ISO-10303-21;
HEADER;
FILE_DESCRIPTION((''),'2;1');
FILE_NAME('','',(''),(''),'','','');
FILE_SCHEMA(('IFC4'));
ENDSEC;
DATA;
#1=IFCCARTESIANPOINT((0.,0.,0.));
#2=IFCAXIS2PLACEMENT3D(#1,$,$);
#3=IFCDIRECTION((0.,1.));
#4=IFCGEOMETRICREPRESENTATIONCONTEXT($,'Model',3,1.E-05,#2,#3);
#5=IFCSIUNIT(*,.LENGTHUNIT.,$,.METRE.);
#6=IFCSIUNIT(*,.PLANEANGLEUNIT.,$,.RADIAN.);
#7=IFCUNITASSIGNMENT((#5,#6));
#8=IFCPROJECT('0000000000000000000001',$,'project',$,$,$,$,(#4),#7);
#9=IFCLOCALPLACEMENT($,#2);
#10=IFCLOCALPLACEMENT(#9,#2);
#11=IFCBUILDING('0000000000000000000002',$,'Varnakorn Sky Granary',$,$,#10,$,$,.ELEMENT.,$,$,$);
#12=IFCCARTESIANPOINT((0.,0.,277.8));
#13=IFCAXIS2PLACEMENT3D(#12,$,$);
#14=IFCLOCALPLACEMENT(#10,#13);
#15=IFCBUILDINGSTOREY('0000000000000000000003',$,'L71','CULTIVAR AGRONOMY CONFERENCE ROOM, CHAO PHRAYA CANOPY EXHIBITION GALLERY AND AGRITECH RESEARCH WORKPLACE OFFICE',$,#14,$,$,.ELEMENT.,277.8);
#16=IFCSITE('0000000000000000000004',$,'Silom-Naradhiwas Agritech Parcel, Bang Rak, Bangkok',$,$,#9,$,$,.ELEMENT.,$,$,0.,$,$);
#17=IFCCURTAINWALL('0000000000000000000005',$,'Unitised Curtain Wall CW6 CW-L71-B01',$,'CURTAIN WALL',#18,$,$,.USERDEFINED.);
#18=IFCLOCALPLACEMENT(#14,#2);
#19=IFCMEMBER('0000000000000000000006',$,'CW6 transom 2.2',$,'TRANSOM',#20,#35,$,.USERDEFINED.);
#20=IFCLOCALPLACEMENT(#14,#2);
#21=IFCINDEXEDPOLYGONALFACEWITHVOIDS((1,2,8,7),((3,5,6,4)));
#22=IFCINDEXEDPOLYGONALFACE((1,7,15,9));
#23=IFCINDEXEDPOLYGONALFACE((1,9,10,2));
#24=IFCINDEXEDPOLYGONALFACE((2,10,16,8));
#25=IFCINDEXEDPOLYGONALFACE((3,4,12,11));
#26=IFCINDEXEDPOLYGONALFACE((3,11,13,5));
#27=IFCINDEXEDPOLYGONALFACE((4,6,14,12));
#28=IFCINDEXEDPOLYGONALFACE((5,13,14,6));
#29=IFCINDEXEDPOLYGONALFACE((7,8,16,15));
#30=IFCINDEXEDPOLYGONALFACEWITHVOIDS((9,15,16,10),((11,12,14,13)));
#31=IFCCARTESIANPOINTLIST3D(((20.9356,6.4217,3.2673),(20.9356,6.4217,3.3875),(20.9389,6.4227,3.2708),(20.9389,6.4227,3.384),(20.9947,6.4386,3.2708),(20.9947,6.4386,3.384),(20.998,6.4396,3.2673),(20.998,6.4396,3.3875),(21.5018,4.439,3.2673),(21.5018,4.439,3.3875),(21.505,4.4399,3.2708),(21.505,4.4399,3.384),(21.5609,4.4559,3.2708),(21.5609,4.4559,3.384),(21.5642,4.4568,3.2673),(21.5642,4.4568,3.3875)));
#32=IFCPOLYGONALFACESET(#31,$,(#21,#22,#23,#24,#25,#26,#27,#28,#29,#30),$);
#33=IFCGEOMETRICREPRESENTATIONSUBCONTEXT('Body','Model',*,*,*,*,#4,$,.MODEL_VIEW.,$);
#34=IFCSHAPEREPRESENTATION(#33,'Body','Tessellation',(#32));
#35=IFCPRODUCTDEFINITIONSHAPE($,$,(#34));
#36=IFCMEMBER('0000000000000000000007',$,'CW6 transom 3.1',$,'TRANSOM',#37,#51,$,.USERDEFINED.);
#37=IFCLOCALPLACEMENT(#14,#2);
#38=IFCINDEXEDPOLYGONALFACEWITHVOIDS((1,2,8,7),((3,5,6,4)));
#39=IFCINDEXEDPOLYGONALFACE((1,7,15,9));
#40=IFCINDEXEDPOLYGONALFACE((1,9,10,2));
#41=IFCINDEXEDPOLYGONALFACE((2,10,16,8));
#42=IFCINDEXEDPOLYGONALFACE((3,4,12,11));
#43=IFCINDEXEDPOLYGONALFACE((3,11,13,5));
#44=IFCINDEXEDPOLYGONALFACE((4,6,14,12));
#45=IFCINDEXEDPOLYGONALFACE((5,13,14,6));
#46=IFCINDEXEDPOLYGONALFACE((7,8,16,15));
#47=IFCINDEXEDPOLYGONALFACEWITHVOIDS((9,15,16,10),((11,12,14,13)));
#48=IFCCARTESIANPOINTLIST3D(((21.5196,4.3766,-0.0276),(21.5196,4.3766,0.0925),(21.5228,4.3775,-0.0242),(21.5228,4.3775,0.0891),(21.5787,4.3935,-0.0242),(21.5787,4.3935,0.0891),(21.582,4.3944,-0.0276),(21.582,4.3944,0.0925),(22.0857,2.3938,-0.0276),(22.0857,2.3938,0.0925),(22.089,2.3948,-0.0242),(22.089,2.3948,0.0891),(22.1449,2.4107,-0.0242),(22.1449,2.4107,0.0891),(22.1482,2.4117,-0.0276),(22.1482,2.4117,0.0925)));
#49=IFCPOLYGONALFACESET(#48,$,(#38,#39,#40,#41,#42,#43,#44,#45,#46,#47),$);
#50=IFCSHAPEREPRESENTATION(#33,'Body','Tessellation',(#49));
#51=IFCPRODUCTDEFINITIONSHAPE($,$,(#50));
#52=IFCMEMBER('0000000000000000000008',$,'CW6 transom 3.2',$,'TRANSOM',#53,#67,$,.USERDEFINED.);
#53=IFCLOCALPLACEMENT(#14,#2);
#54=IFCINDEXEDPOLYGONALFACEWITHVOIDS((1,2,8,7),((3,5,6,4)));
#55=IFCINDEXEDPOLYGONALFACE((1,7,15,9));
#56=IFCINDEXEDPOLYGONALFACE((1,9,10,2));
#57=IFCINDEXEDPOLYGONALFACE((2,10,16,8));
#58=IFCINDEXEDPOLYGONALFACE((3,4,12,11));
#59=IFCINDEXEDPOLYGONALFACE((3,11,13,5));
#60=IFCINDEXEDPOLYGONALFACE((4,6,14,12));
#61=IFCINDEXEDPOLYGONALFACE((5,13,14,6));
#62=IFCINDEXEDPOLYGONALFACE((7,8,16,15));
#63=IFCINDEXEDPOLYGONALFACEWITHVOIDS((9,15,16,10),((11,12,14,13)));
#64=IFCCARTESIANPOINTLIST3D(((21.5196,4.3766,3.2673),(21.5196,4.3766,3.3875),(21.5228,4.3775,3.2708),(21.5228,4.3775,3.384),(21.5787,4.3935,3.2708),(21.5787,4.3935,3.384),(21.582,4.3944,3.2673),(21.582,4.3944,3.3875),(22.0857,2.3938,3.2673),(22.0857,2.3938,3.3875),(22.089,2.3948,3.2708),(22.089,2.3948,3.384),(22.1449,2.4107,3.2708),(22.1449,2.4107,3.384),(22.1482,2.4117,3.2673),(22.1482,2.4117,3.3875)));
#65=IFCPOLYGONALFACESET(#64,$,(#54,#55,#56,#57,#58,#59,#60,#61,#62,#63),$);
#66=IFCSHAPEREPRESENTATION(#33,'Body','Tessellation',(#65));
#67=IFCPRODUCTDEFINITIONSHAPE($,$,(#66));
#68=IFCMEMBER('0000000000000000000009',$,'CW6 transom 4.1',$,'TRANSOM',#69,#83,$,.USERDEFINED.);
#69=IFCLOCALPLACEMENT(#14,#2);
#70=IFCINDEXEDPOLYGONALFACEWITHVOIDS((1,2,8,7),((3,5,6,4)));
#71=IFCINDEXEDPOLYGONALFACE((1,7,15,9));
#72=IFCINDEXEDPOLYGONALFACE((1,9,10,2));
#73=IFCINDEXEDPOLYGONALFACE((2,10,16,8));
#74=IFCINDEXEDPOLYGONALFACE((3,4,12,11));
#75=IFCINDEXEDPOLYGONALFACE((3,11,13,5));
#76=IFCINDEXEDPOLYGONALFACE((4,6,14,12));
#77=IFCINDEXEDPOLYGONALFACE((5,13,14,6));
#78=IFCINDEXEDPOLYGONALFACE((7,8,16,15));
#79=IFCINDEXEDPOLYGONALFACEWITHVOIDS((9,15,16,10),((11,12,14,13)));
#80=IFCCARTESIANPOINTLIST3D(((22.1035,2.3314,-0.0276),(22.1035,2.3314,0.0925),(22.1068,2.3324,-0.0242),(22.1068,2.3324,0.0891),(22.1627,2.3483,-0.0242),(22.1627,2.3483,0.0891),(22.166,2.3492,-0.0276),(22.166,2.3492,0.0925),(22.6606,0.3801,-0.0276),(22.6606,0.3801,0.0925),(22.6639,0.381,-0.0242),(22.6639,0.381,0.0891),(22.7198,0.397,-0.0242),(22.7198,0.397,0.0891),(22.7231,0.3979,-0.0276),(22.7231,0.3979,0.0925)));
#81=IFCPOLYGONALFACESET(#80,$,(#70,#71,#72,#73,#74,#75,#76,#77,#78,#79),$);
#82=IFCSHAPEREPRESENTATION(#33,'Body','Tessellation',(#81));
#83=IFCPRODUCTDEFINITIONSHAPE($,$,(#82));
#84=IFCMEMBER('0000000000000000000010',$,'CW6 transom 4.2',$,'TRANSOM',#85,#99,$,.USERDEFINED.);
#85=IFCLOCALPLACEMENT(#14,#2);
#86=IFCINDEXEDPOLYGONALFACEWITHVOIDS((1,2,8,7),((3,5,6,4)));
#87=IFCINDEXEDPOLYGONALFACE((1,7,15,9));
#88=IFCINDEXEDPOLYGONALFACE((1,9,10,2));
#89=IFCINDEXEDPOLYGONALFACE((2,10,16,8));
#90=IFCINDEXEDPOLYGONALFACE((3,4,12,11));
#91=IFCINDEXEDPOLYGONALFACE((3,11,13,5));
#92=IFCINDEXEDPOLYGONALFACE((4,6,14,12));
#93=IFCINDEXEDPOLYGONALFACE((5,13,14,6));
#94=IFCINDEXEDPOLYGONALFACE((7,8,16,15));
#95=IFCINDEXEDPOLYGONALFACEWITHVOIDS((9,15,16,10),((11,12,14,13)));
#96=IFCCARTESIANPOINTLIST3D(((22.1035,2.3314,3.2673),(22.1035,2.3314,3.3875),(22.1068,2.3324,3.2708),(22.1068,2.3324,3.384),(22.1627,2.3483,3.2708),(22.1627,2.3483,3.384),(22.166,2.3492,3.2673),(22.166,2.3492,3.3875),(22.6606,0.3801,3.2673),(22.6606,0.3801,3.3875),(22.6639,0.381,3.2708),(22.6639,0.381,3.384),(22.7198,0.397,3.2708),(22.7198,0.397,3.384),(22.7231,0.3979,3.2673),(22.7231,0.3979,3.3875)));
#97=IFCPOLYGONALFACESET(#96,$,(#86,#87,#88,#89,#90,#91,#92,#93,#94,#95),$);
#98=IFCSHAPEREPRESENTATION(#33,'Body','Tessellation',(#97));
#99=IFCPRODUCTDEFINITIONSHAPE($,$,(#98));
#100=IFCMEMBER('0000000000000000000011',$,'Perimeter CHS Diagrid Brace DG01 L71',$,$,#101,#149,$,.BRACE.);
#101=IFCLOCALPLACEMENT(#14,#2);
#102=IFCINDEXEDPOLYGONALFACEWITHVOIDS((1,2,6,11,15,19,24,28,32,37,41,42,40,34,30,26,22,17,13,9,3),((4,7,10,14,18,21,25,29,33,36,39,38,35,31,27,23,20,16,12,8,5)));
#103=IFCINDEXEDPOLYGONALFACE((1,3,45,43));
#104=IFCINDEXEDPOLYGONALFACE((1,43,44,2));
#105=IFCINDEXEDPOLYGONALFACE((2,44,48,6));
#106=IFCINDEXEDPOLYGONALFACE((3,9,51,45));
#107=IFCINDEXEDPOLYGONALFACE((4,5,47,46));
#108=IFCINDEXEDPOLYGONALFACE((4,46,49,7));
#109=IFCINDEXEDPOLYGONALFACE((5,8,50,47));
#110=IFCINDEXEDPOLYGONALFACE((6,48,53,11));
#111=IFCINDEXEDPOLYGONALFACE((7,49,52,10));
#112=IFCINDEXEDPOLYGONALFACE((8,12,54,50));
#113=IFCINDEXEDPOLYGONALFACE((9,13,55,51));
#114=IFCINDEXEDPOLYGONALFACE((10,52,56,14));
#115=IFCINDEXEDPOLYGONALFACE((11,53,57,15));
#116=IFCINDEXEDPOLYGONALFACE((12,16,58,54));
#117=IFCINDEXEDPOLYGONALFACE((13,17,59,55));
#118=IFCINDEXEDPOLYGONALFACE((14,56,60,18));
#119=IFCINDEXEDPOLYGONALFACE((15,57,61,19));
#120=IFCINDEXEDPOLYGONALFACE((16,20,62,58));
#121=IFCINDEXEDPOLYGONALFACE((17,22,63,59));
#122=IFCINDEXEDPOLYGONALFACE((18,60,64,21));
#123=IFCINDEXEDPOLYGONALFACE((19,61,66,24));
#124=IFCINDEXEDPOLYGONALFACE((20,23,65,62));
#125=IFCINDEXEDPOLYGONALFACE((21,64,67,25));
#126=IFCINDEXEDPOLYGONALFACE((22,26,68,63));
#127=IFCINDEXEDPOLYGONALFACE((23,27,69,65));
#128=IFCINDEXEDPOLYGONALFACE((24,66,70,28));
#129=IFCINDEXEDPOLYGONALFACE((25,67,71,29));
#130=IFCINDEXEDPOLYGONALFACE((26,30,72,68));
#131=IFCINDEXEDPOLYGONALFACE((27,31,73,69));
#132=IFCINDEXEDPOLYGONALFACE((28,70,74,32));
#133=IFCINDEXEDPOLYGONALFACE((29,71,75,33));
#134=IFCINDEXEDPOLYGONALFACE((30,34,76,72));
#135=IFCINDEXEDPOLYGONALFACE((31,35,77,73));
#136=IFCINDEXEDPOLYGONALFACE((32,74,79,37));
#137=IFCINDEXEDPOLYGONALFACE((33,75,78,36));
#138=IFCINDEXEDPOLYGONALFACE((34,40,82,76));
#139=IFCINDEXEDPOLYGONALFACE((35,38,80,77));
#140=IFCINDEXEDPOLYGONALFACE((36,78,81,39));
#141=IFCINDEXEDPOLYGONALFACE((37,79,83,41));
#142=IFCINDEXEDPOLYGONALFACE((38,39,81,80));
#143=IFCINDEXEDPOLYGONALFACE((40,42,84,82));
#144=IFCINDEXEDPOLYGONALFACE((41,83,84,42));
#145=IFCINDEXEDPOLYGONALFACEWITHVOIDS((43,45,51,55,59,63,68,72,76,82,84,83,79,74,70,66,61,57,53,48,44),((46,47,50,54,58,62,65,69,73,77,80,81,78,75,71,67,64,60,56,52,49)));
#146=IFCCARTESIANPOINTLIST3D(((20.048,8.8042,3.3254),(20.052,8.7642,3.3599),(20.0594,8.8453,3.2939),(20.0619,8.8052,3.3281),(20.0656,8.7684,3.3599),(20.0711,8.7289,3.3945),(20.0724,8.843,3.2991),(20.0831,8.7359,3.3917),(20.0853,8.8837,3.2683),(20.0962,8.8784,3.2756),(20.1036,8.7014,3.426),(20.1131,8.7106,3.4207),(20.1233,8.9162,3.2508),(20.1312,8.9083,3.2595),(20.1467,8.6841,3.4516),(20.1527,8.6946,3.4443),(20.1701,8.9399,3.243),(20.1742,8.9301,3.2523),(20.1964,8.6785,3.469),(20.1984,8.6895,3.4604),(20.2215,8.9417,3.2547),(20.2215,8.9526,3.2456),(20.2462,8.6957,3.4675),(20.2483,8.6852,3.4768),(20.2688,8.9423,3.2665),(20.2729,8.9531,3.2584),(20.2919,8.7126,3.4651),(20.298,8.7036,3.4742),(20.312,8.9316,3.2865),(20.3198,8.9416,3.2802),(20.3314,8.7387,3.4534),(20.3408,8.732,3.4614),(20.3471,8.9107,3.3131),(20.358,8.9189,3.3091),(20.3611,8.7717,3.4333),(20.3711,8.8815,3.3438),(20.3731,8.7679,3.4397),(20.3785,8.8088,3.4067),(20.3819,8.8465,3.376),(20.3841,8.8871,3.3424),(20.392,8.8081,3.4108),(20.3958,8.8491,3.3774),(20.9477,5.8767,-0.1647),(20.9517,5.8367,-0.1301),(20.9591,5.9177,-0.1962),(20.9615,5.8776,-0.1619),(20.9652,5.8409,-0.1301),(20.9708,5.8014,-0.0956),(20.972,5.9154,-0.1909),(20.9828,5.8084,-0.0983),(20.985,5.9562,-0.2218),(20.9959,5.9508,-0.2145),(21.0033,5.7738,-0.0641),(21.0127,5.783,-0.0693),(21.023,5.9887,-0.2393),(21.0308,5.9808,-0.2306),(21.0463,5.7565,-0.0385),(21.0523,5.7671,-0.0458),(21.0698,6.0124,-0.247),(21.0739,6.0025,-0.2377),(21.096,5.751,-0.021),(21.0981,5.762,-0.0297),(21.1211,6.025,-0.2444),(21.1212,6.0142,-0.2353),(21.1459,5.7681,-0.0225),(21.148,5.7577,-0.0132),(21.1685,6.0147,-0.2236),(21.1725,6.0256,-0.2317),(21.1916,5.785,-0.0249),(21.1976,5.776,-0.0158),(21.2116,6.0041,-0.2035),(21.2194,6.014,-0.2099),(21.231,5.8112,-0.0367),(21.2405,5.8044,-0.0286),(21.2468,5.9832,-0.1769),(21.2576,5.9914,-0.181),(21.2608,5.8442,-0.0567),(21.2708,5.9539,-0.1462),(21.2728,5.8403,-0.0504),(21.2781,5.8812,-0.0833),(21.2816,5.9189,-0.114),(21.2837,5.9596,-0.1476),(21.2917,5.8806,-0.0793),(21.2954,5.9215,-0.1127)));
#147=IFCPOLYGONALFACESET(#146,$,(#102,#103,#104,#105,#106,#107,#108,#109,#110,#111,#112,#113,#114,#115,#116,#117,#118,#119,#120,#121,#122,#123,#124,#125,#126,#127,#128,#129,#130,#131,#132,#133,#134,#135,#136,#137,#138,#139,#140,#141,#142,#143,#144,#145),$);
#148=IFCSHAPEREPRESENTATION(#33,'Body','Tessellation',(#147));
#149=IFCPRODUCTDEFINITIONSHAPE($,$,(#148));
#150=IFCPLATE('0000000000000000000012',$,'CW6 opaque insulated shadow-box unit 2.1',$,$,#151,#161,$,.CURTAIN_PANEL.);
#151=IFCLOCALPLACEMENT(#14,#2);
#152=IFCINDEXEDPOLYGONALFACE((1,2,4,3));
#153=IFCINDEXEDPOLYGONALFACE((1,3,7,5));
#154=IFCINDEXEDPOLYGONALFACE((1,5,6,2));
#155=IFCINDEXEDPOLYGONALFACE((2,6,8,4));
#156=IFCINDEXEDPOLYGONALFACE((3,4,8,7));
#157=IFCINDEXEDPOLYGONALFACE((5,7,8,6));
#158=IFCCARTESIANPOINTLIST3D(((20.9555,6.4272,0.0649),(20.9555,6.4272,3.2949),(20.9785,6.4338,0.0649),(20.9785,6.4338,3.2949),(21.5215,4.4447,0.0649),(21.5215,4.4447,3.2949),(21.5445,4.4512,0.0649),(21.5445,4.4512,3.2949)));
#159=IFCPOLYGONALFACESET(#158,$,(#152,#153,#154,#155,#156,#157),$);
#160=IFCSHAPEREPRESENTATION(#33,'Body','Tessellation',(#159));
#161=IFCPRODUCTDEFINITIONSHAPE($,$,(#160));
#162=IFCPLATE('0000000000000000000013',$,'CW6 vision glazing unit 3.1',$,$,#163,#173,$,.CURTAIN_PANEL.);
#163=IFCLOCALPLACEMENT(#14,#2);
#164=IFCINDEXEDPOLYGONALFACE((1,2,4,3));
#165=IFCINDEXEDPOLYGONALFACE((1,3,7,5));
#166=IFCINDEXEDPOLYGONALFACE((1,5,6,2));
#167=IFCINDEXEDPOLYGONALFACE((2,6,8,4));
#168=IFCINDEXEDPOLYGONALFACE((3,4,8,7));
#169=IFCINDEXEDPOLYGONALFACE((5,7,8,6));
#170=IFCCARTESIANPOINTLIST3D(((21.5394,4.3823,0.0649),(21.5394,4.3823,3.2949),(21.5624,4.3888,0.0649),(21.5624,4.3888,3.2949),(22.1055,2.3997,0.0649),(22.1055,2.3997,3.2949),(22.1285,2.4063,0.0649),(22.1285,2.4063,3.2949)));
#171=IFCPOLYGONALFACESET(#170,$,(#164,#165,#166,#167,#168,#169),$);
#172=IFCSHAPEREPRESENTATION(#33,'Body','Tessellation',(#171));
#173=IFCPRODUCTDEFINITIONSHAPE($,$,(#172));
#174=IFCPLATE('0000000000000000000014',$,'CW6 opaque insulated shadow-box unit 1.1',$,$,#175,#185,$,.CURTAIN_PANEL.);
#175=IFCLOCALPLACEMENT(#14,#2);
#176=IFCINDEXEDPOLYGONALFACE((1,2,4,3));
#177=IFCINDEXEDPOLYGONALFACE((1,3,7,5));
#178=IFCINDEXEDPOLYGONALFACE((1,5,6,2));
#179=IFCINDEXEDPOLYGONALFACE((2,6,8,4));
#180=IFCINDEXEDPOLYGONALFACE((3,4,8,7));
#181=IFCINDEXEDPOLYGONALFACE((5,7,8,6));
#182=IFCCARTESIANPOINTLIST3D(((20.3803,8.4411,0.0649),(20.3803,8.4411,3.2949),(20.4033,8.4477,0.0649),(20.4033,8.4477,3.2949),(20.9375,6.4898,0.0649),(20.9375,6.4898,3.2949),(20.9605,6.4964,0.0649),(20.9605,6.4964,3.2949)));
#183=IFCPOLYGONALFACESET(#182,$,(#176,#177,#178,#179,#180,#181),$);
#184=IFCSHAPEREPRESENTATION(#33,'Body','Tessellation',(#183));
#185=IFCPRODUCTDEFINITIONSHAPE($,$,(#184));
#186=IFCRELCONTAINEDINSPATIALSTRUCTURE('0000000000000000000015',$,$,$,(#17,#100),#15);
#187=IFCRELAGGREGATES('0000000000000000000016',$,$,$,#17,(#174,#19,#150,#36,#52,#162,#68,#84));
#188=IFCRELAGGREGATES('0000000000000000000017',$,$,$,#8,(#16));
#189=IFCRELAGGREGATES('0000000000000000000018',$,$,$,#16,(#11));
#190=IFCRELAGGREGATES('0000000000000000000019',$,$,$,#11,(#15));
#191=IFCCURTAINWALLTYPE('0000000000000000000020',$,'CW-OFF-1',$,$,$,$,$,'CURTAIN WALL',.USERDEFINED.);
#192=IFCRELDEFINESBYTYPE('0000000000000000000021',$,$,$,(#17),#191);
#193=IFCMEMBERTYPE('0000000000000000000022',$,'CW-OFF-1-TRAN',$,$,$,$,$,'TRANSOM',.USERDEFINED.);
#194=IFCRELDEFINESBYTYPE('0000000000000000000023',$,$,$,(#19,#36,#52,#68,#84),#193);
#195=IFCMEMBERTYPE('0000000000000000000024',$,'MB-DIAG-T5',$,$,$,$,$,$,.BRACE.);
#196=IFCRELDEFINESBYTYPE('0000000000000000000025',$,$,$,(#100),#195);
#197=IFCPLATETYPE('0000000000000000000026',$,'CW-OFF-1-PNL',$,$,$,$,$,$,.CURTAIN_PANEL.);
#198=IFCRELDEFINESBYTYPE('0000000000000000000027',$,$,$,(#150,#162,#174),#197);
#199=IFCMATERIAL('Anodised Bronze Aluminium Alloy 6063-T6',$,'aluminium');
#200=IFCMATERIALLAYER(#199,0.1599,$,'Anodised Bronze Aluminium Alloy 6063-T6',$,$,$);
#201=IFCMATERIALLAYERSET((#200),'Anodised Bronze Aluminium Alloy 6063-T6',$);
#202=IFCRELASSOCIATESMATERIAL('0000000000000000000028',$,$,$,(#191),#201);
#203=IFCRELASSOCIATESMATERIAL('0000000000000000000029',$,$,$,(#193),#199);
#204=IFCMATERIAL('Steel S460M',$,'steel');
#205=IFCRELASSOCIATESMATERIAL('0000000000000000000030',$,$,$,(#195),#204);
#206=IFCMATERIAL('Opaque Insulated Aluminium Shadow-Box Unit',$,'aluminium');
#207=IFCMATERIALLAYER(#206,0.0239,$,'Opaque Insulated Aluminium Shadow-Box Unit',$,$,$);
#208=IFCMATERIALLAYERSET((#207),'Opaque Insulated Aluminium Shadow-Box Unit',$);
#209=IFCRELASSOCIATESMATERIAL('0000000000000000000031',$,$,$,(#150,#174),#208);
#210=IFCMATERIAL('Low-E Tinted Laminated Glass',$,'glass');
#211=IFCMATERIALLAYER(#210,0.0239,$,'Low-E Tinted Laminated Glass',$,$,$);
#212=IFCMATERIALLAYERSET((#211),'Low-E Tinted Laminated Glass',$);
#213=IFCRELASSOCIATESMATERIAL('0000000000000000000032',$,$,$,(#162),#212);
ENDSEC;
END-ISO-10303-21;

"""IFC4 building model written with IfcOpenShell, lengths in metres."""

from ifc_helpers import new_model, si_unit, direction, frame, origin, origin_2d, place, context, subcontext, project, spatial, rectangle, hollow_rectangle, hollow_circle, extrude, source, transform, mapped, material, layer, layer_set, material_profile, profile_set, type_object, type_shapes, element, aggregate, save


model = new_model("IFC4")

# Units and contexts
model_context = context("Model", 3, precision=1e-05, world=origin(), true_north=direction((0.0, 1.0)))
body_context = subcontext(model_context, "Body", "Model", "MODEL_VIEW")
ifc_project = project(units=[si_unit("LENGTHUNIT", "METRE"), si_unit("PLANEANGLEUNIT", "RADIAN")], contexts=[model_context])

# Site, building, storey
site_placement = place(None, origin())
site = spatial("IfcSite", under=ifc_project, at=site_placement, Name="Silom-Naradhiwas Agritech Parcel, Bang Rak, Bangkok", CompositionType="ELEMENT", RefElevation=0.0)
building_placement = place(site_placement, origin())
building = spatial("IfcBuilding", under=site, at=building_placement, Name="Varnakorn Sky Granary", CompositionType="ELEMENT")
storey_placement = place(building_placement, frame((0.0, 0.0, 277.8)))
storey = spatial("IfcBuildingStorey", under=building, at=storey_placement, Name="L71", Description="CULTIVAR AGRONOMY CONFERENCE ROOM, CHAO PHRAYA CANOPY EXHIBITION GALLERY AND AGRITECH RESEARCH WORKPLACE OFFICE", CompositionType="ELEMENT", Elevation=277.8)

# Shared definitions
ifc_material_1 = material(Name="Steel S460M", Category="steel")

# Curtain wall, members
ifc_material_2 = material(Name="Anodised Bronze Aluminium Alloy 6063-T6", Category="aluminium")
ifc_layer_1 = layer(ifc_material_2, 0.1599, Name="Anodised Bronze Aluminium Alloy 6063-T6")
ifc_layer_set_1 = layer_set([ifc_layer_1], Name="Anodised Bronze Aluminium Alloy 6063-T6")
curtain_wall_type = type_object("IfcCurtainWallType", Name="CW-OFF-1", ElementType="CURTAIN WALL", PredefinedType="USERDEFINED", material=ifc_layer_set_1)
curtain_wall_placement = place(storey_placement, origin())
curtain_wall = element("IfcCurtainWall", 1, at=curtain_wall_placement, inside=storey, type_object=curtain_wall_type, Name="Unitised Curtain Wall CW6 CW-L71-B01", ObjectType="CURTAIN WALL", PredefinedType="USERDEFINED")
ifc_material_profile_1 = material_profile(ifc_material_2, hollow_rectangle(XDim=0.0649, YDim=0.1201, WallThickness=0.0034, at=origin_2d()), Name="ALU TRAN 65x120")
ifc_profile_set_1 = profile_set([ifc_material_profile_1], Name="Anodised Bronze Aluminium Alloy 6063-T6")
member_type_1 = type_object("IfcMemberType", Name="CW-OFF-1-TRAN", ElementType="TRANSOM", PredefinedType="USERDEFINED", material=ifc_profile_set_1)
member_1_placement = place(storey_placement, frame((20.9668, 6.4307, 3.3274), z_axis=(0.27458, -0.961564, 0.0), x_axis=(0.961564, 0.27458, 0.0)))
member_1 = element("IfcMember", 2, at=member_1_placement, type_object=member_type_1, Name="CW6 transom 2.2", ObjectType="TRANSOM", PredefinedType="USERDEFINED", context=body_context, shape_type="SweptSolid", body=[
    extrude(hollow_rectangle(XDim=0.0649, YDim=0.1201, WallThickness=0.0034, at=origin_2d()), origin(), (0.0, 0.0, 1.0), 2.062),
])
member_2_placement = place(storey_placement, frame((21.5508, 4.3855, 0.0325), z_axis=(0.27458, -0.961564, 0.0), x_axis=(0.961564, 0.27458, 0.0)))
member_2 = element("IfcMember", 3, at=member_2_placement, type_object=member_type_1, Name="CW6 transom 3.1", ObjectType="TRANSOM", PredefinedType="USERDEFINED", context=body_context, shape_type="SweptSolid", body=[
    extrude(hollow_rectangle(XDim=0.0649, YDim=0.1201, WallThickness=0.0034, at=origin_2d()), origin(), (0.0, 0.0, 1.0), 2.062),
])
member_3_placement = place(storey_placement, frame((21.5508, 4.3855, 3.3274), z_axis=(0.27458, -0.961564, 0.0), x_axis=(0.961564, 0.27458, 0.0)))
member_3 = element("IfcMember", 4, at=member_3_placement, type_object=member_type_1, Name="CW6 transom 3.2", ObjectType="TRANSOM", PredefinedType="USERDEFINED", context=body_context, shape_type="SweptSolid", body=[
    extrude(hollow_rectangle(XDim=0.0649, YDim=0.1201, WallThickness=0.0034, at=origin_2d()), origin(), (0.0, 0.0, 1.0), 2.062),
])
member_4_placement = place(storey_placement, frame((22.1348, 2.3403, 0.0325), z_axis=(0.27453, -0.961578, 0.0), x_axis=(0.961578, 0.27453, 0.0)))
member_4 = element("IfcMember", 5, at=member_4_placement, type_object=member_type_1, Name="CW6 transom 4.1", ObjectType="TRANSOM", PredefinedType="USERDEFINED", context=body_context, shape_type="SweptSolid", body=[
    extrude(hollow_rectangle(XDim=0.0649, YDim=0.1201, WallThickness=0.0034, at=origin_2d()), origin(), (0.0, 0.0, 1.0), 2.0293),
])
member_5_placement = place(storey_placement, frame((22.1348, 2.3403, 3.3274), z_axis=(0.27453, -0.961578, 0.0), x_axis=(0.961578, 0.27453, 0.0)))
member_5 = element("IfcMember", 6, at=member_5_placement, type_object=member_type_1, Name="CW6 transom 4.2", ObjectType="TRANSOM", PredefinedType="USERDEFINED", context=body_context, shape_type="SweptSolid", body=[
    extrude(hollow_rectangle(XDim=0.0649, YDim=0.1201, WallThickness=0.0034, at=origin_2d()), origin(), (0.0, 0.0, 1.0), 2.0293),
])

# Member
ifc_material_profile_2 = material_profile(ifc_material_1, hollow_circle(Radius=0.1777, WallThickness=0.0142, at=origin_2d()), Name="CHS 355.6x14")
ifc_profile_set_2 = profile_set([ifc_material_profile_2], Name="Steel S460M")
member_type_2 = type_object("IfcMemberType", Name="MB-DIAG-T5", PredefinedType="BRACE", material=ifc_profile_set_2)
member_6_placement = place(storey_placement, frame((21.1216, 5.8889, -0.1301), z_axis=(-0.193757, 0.630485, 0.751629), x_axis=(-0.955881, -0.293755, 0.0)))
element("IfcMember", 7, at=member_6_placement, inside=storey, type_object=member_type_2, Name="Perimeter CHS Diagrid Brace DG01 L71", PredefinedType="BRACE", context=body_context, shape_type="SweptSolid", body=[
    extrude(hollow_circle(Radius=0.1777, WallThickness=0.0142, at=origin_2d()), origin(), (0.0, 0.0, 1.0), 4.6433),
])

# Plates
ifc_material_3 = material(Name="Opaque Insulated Aluminium Shadow-Box Unit", Category="aluminium")
ifc_layer_2 = layer(ifc_material_3, 0.0239, Name="Opaque Insulated Aluminium Shadow-Box Unit")
ifc_layer_set_2 = layer_set([ifc_layer_2], Name="Opaque Insulated Aluminium Shadow-Box Unit")
plate_type = type_object("IfcPlateType", Name="CW-OFF-1-PNL", PredefinedType="CURTAIN_PANEL")
shared_shape_1 = source(origin(), body_context, "Body", "SweptSolid", [
    extrude(rectangle(XDim=2.0618, YDim=0.0239, at=origin_2d()), origin(), (0.0, 0.0, 1.0), 3.23),
])
plate_1_placement = place(storey_placement, frame((21.25, 5.4392, 0.0649), z_axis=(0.0, 0.0, 1.0), x_axis=(0.27456, -0.96157, 0.0)))
plate_1 = element("IfcPlate", 8, at=plate_1_placement, type_object=plate_type, material=ifc_layer_set_2, Name="CW6 opaque insulated shadow-box unit 2.1", PredefinedType="CURTAIN_PANEL", context=body_context, shape_type="MappedRepresentation", body=[
    mapped(shared_shape_1, transform((0.0, 0.0, 0.0), x_axis=(1.0, 0.0, 0.0), y_axis=(0.0, 1.0, 0.0), z_axis=(0.0, 0.0, 1.0), scale=1.0)),
])
ifc_material_4 = material(Name="Low-E Tinted Laminated Glass", Category="glass")
ifc_layer_3 = layer(ifc_material_4, 0.0239, Name="Low-E Tinted Laminated Glass")
ifc_layer_set_3 = layer_set([ifc_layer_3], Name="Low-E Tinted Laminated Glass")
plate_2_placement = place(storey_placement, frame((21.834, 3.3943, 0.0649), z_axis=(0.0, 0.0, 1.0), x_axis=(0.27456, -0.96157, 0.0)))
plate_2 = element("IfcPlate", 9, at=plate_2_placement, type_object=plate_type, material=ifc_layer_set_3, Name="CW6 vision glazing unit 3.1", PredefinedType="CURTAIN_PANEL", context=body_context, shape_type="MappedRepresentation", body=[
    mapped(shared_shape_1, transform((0.0, 0.0, 0.0), x_axis=(1.0, 0.0, 0.0), y_axis=(0.0, 1.0, 0.0), z_axis=(0.0, 0.0, 1.0), scale=1.0)),
])
shared_shape_2 = source(origin(), body_context, "Body", "SweptSolid", [
    extrude(rectangle(XDim=2.0293, YDim=0.0239, at=origin_2d()), origin(), (0.0, 0.0, 1.0), 3.23),
])
type_shapes(plate_type, [shared_shape_1, shared_shape_2])
plate_3_placement = place(storey_placement, frame((20.6704, 7.4688, 0.0649), z_axis=(0.0, 0.0, 1.0), x_axis=(0.27456, -0.96157, 0.0)))
plate_3 = element("IfcPlate", 10, at=plate_3_placement, type_object=plate_type, material=ifc_layer_set_2, Name="CW6 opaque insulated shadow-box unit 1.1", PredefinedType="CURTAIN_PANEL", context=body_context, shape_type="MappedRepresentation", body=[
    mapped(shared_shape_2, transform((0.0, 0.0, 0.0), x_axis=(1.0, 0.0, 0.0), y_axis=(0.0, 1.0, 0.0), z_axis=(0.0, 0.0, 1.0), scale=1.0)),
])
aggregate(curtain_wall, [plate_3, member_1, plate_1, member_2, member_3, plate_2, member_4, member_5])

save(model, "model.ifc")
